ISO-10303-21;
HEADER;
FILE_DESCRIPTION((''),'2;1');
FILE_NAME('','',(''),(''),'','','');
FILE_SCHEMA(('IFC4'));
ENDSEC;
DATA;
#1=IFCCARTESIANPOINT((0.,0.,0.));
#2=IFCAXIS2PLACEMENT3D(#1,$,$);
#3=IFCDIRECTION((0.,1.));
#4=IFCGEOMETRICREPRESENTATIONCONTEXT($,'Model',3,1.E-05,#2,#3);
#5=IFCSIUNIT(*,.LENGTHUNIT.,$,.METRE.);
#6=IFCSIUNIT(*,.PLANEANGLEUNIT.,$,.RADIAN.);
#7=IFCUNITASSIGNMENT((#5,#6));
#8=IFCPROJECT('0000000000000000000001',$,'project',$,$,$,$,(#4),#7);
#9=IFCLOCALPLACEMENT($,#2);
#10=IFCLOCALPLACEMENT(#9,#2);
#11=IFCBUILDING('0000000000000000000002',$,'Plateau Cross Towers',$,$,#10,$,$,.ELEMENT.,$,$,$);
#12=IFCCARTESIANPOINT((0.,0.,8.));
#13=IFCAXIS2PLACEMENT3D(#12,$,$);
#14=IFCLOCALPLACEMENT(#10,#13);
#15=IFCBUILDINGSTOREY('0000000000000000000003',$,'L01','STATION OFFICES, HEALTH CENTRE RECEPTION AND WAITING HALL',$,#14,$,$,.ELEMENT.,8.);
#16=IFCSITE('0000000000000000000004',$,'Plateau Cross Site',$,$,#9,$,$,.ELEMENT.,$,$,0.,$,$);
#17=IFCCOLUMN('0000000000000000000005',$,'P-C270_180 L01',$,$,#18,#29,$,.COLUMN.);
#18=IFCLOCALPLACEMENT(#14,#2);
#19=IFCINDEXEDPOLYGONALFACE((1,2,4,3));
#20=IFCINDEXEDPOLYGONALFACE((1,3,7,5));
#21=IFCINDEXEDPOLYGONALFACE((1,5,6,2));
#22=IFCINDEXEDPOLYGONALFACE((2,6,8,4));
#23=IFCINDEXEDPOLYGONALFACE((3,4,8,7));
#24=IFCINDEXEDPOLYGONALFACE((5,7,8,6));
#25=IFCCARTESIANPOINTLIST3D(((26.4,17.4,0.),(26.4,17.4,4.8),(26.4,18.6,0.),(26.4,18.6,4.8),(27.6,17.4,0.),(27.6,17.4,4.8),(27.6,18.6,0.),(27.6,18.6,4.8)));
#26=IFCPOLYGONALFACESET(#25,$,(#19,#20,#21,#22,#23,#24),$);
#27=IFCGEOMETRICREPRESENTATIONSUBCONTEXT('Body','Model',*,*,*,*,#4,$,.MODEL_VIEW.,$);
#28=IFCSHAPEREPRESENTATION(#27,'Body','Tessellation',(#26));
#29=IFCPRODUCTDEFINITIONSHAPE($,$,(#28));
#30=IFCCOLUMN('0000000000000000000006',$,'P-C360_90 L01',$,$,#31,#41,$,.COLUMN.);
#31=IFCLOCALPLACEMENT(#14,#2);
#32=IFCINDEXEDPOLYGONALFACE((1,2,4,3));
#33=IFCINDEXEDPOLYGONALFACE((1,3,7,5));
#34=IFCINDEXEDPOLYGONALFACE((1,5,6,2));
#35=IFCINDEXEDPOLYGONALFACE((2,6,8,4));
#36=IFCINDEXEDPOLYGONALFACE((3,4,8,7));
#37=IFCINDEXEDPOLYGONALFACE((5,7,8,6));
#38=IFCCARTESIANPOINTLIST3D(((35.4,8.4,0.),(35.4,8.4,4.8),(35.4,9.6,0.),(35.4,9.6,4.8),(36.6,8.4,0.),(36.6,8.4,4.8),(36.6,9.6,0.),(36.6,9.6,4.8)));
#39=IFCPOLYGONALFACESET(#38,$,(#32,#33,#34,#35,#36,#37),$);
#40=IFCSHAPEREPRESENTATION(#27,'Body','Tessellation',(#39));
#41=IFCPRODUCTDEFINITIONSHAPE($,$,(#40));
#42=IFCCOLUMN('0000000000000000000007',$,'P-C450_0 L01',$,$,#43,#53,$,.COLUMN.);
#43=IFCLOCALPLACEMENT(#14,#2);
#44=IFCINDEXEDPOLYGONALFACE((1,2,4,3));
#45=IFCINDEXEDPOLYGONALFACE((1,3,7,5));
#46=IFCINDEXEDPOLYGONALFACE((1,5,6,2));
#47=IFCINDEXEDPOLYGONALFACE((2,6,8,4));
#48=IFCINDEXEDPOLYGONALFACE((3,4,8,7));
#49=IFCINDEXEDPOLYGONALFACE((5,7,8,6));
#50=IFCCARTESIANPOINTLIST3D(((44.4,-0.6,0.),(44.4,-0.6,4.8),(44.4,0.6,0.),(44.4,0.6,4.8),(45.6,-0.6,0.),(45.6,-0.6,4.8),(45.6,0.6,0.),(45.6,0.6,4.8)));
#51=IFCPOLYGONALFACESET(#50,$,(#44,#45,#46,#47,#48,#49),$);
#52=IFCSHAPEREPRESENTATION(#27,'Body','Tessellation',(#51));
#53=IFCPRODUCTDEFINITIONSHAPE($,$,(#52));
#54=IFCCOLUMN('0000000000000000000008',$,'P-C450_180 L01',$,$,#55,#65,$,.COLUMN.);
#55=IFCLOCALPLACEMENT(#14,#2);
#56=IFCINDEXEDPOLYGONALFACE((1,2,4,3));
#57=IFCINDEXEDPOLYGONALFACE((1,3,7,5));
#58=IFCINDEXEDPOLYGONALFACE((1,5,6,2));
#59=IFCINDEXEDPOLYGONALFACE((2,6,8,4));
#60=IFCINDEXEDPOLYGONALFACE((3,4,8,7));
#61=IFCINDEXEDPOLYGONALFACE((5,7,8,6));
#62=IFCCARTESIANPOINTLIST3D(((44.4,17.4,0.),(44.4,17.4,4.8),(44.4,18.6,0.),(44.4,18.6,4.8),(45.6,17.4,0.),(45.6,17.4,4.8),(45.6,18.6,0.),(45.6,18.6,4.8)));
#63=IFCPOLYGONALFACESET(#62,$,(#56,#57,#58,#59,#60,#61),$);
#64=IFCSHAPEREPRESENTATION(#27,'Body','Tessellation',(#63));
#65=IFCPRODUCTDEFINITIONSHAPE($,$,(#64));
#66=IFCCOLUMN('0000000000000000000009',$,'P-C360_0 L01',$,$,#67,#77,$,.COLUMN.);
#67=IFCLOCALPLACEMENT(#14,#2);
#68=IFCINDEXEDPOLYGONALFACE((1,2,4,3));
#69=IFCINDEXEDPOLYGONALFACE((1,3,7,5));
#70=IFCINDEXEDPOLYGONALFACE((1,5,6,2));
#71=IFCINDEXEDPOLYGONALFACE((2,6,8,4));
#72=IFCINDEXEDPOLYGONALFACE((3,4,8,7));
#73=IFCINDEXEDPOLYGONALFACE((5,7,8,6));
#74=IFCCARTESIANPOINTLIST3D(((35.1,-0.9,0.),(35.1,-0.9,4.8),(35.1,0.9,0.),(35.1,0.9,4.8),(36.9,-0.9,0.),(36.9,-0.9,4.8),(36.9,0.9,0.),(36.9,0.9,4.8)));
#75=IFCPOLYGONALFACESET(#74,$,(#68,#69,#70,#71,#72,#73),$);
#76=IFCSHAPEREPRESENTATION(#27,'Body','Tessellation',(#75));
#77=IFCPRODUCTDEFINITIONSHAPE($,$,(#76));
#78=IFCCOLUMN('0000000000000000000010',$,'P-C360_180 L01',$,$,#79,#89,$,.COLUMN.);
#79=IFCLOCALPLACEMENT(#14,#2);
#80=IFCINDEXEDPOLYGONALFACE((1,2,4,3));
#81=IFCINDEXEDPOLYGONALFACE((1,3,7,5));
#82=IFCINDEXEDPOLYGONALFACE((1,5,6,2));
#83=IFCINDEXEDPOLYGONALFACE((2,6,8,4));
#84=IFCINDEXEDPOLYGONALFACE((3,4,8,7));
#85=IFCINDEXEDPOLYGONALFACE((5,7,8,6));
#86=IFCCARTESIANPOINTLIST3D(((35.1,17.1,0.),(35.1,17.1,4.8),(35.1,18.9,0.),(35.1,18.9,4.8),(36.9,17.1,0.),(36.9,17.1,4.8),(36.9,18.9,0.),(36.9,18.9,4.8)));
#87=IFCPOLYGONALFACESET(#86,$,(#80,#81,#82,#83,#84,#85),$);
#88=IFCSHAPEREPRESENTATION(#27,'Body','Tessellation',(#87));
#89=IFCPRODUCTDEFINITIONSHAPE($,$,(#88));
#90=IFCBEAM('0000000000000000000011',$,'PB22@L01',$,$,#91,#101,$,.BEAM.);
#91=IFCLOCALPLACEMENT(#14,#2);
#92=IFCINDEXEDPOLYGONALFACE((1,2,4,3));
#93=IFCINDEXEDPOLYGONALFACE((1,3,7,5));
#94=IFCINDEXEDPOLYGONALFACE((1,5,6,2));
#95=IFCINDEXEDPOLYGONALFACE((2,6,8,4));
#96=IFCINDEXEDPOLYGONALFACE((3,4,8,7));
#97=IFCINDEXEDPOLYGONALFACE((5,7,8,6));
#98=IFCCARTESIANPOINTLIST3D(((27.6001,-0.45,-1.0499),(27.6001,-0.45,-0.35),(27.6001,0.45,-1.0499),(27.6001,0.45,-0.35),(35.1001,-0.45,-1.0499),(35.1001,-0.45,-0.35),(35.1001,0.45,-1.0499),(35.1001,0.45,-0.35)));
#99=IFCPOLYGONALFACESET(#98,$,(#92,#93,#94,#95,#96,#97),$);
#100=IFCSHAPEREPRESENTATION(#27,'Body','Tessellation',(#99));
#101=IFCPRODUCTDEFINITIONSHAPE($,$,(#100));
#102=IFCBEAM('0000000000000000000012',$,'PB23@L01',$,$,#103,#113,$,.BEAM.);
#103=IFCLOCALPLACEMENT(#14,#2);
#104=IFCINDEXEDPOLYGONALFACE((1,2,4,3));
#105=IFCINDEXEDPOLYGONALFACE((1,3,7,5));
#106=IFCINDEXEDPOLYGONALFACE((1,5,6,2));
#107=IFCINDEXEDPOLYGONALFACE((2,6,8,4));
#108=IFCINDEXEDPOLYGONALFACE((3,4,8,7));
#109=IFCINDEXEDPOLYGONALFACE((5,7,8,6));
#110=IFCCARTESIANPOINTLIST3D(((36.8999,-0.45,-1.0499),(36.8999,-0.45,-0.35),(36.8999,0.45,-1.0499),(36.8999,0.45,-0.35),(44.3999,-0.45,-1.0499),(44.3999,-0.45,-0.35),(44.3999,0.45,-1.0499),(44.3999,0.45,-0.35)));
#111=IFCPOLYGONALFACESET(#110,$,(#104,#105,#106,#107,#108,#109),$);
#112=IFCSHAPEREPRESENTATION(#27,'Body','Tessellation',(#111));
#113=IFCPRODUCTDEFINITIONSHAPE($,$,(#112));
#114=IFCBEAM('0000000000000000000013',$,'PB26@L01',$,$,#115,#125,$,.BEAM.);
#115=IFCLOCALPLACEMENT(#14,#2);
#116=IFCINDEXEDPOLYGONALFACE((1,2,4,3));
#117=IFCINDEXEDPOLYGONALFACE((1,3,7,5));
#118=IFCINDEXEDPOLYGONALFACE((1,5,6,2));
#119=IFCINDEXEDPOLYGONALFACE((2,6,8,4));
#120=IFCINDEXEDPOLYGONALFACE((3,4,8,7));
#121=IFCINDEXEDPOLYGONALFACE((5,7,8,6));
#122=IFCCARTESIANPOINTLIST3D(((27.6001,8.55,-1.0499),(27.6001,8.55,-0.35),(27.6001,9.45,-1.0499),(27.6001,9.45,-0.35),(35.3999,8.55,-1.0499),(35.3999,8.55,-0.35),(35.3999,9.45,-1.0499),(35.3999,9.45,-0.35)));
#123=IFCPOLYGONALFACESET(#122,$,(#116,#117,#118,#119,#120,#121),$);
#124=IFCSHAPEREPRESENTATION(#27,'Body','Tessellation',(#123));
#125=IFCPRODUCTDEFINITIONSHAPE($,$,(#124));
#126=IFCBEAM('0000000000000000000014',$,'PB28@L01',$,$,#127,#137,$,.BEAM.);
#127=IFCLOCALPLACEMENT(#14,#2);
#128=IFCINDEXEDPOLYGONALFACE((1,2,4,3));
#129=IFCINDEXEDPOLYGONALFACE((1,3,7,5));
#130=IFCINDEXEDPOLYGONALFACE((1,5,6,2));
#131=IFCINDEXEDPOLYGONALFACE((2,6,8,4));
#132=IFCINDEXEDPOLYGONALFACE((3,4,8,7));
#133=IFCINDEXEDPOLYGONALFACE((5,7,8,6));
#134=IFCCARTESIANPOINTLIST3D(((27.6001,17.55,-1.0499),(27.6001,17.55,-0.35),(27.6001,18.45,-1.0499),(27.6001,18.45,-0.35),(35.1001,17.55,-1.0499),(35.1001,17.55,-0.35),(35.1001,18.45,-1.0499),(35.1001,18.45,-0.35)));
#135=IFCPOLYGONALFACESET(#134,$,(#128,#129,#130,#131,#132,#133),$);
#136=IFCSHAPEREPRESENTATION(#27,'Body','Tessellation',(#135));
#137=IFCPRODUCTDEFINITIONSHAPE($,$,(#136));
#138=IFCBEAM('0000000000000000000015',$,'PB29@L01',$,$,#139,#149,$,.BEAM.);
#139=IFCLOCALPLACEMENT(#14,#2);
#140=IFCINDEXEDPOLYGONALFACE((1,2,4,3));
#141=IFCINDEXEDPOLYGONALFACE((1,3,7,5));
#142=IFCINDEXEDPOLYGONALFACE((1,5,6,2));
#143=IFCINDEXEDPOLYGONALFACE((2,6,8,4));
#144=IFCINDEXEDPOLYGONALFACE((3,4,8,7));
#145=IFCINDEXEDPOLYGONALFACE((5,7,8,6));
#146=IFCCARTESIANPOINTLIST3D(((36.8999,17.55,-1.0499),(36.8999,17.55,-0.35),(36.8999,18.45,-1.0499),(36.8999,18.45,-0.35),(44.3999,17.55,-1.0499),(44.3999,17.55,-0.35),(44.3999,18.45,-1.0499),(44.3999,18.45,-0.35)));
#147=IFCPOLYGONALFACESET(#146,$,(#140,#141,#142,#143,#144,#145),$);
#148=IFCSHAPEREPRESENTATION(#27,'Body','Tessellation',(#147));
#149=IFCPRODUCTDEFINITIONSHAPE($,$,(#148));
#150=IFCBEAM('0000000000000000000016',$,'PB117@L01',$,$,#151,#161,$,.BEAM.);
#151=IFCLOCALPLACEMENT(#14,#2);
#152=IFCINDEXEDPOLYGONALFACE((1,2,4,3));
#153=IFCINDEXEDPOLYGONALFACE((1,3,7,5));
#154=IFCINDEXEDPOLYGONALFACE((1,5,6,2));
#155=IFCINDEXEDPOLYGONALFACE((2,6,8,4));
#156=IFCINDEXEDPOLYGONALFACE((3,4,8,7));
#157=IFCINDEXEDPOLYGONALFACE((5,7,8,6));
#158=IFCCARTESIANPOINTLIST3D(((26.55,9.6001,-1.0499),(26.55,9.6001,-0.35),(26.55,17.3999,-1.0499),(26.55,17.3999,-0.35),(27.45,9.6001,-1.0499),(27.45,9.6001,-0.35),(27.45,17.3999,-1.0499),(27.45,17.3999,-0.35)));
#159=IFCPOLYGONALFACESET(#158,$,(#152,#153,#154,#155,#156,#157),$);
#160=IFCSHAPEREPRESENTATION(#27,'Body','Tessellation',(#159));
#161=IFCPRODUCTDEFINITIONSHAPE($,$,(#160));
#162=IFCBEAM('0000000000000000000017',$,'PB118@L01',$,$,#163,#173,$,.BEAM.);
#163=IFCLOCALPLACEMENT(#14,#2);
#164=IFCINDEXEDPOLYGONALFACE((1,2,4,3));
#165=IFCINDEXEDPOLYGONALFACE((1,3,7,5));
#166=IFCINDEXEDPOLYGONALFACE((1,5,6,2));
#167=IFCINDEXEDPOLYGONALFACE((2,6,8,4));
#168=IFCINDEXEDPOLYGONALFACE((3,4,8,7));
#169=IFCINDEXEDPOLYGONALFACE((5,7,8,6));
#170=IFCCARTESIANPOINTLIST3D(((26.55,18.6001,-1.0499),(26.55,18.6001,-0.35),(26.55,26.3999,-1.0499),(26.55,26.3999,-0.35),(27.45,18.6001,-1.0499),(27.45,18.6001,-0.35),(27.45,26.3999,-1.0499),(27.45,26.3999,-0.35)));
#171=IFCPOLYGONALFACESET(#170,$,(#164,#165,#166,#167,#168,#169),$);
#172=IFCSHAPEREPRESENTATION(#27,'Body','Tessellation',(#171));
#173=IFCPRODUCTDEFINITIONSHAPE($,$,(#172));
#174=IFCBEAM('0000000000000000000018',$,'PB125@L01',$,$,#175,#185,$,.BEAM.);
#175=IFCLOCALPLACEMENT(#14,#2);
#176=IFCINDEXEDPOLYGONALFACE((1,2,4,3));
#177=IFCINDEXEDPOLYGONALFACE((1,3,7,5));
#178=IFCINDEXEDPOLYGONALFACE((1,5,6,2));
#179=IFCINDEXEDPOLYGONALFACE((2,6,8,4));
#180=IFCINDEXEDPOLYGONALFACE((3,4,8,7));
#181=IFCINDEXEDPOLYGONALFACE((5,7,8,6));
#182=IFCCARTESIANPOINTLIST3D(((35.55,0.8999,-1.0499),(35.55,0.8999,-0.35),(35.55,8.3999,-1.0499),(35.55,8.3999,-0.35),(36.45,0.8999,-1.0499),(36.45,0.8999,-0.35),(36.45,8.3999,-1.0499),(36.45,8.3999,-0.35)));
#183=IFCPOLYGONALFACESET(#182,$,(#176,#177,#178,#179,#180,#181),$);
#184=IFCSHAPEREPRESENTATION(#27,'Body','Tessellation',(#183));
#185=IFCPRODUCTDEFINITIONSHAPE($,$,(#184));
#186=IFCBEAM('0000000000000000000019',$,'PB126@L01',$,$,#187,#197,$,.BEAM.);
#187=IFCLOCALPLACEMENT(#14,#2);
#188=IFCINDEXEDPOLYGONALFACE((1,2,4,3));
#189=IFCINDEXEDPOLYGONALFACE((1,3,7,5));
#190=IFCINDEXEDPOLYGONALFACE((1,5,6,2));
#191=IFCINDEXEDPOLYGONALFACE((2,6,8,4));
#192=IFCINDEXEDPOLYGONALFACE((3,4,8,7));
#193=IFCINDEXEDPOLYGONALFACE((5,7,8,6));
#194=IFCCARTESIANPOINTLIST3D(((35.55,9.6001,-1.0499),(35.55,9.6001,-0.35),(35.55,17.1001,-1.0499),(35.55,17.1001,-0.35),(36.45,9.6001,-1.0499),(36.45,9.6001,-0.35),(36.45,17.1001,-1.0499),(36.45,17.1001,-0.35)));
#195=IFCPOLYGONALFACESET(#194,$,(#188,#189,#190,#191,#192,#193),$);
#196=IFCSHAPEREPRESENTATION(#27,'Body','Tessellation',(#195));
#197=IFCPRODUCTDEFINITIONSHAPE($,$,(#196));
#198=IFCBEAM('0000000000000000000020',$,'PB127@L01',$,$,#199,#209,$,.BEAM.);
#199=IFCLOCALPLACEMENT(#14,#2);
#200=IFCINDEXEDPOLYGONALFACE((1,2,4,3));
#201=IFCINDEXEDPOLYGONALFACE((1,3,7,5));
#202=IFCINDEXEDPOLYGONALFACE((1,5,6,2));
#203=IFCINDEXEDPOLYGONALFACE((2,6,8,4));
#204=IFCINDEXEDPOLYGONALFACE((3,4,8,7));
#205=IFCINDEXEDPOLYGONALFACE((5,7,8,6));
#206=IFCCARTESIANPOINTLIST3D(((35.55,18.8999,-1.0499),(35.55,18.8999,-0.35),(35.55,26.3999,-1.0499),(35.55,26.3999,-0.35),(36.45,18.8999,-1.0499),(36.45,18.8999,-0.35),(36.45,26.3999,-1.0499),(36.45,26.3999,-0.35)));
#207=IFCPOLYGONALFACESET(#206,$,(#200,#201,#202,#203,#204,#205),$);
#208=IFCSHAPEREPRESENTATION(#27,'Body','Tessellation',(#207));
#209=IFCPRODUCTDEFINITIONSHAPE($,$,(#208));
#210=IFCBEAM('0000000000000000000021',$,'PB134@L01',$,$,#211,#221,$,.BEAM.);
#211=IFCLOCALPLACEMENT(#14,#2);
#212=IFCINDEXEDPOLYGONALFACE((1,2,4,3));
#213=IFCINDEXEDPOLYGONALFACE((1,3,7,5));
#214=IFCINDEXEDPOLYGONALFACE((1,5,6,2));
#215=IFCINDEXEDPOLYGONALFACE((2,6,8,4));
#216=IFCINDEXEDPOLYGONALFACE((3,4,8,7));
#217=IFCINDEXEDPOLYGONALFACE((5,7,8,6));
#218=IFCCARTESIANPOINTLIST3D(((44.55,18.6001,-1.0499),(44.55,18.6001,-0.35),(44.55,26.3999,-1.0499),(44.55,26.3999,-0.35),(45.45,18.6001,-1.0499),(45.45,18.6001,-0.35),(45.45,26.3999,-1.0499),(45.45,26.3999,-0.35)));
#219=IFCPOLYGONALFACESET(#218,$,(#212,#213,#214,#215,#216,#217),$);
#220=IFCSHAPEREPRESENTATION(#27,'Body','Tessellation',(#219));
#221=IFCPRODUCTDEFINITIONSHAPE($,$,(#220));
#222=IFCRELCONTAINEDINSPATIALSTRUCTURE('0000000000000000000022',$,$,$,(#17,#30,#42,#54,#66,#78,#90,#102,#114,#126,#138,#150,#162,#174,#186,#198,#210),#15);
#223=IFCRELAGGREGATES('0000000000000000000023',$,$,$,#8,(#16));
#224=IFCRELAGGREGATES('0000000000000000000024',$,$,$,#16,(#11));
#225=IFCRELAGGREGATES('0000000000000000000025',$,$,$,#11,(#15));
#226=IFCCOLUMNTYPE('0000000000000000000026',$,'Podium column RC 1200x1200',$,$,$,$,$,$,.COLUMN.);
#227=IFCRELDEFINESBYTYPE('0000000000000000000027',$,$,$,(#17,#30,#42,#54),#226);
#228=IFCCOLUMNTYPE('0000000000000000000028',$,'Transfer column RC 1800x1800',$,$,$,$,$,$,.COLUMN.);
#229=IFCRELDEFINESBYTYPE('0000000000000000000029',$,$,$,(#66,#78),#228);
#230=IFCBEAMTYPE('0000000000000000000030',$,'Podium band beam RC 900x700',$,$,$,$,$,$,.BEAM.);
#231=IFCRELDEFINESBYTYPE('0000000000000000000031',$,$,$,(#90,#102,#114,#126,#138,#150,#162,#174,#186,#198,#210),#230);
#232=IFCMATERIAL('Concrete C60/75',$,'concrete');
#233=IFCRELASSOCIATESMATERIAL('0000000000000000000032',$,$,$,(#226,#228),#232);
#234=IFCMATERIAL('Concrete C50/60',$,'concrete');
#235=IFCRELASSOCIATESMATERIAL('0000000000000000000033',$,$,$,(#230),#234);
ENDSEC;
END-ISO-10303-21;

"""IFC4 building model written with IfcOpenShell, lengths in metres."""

from ifc_helpers import new_model, si_unit, direction, frame, origin, origin_2d, place, context, subcontext, project, spatial, rectangle, extrude, material, material_profile, profile_set, type_object, element, save


model = new_model("IFC4")

# Units and contexts
model_context = context("Model", 3, precision=1e-05, world=origin(), true_north=direction((0.0, 1.0)))
body_context = subcontext(model_context, "Body", "Model", "MODEL_VIEW")
ifc_project = project(units=[si_unit("LENGTHUNIT", "METRE"), si_unit("PLANEANGLEUNIT", "RADIAN")], contexts=[model_context])

# Site, building, storey
site_placement = place(None, origin())
site = spatial("IfcSite", under=ifc_project, at=site_placement, Name="Plateau Cross Site", CompositionType="ELEMENT", RefElevation=0.0)
building_placement = place(site_placement, origin())
building = spatial("IfcBuilding", under=site, at=building_placement, Name="Plateau Cross Towers", CompositionType="ELEMENT")
storey_placement = place(building_placement, frame((0.0, 0.0, 8.0)))
storey = spatial("IfcBuildingStorey", under=building, at=storey_placement, Name="L01", Description="STATION OFFICES, HEALTH CENTRE RECEPTION AND WAITING HALL", CompositionType="ELEMENT", Elevation=8.0)

# Columns
ifc_material_1 = material(Name="Concrete C60/75", Category="concrete")
ifc_material_profile_1 = material_profile(ifc_material_1, rectangle(XDim=1.2, YDim=1.2, at=origin_2d()), Name="RC 1200x1200")
ifc_profile_set_1 = profile_set([ifc_material_profile_1], Name="Concrete C60/75")
column_type_1 = type_object("IfcColumnType", Name="Podium column RC 1200x1200", PredefinedType="COLUMN", material=ifc_profile_set_1)
for number, where, z_axis, x_axis, name in (
    (1, (27.0, 18.0, 0.0), (0.0, 0.0, 1.0), (1.0, 0.0, 0.0), "P-C270_180 L01"),
    (2, (36.0, 9.0, 0.0), (0.0, 0.0, 1.0), (1.0, 0.0, 0.0), "P-C360_90 L01"),
    (3, (45.0, 0.0, 0.0), (0.0, 0.0, 1.0), (1.0, 0.0, 0.0), "P-C450_0 L01"),
    (4, (45.0, 18.0, 0.0), (0.0, 0.0, 1.0), (1.0, 0.0, 0.0), "P-C450_180 L01"),
):
    element("IfcColumn", number, at=place(storey_placement, frame(where, z_axis=z_axis, x_axis=x_axis)), inside=storey, type_object=column_type_1, Name=name, PredefinedType="COLUMN", context=body_context, shape_type="SweptSolid", body=[
        extrude(rectangle(XDim=1.2, YDim=1.2, at=origin_2d()), origin(), (0.0, 0.0, 1.0), 4.8),
    ])
ifc_material_profile_2 = material_profile(ifc_material_1, rectangle(XDim=1.8, YDim=1.8, at=origin_2d()), Name="RC 1800x1800")
ifc_profile_set_2 = profile_set([ifc_material_profile_2], Name="Concrete C60/75")
column_type_2 = type_object("IfcColumnType", Name="Transfer column RC 1800x1800", PredefinedType="COLUMN", material=ifc_profile_set_2)
for number, where, z_axis, x_axis, name in (
    (5, (36.0, 0.0, 0.0), (0.0, 0.0, 1.0), (1.0, 0.0, 0.0), "P-C360_0 L01"),
    (6, (36.0, 18.0, 0.0), (0.0, 0.0, 1.0), (1.0, 0.0, 0.0), "P-C360_180 L01"),
):
    element("IfcColumn", number, at=place(storey_placement, frame(where, z_axis=z_axis, x_axis=x_axis)), inside=storey, type_object=column_type_2, Name=name, PredefinedType="COLUMN", context=body_context, shape_type="SweptSolid", body=[
        extrude(rectangle(XDim=1.8, YDim=1.8, at=origin_2d()), origin(), (0.0, 0.0, 1.0), 4.8),
    ])

# Beams
ifc_material_2 = material(Name="Concrete C50/60", Category="concrete")
ifc_material_profile_3 = material_profile(ifc_material_2, rectangle(XDim=0.8999, YDim=0.7, at=origin_2d()), Name="RC 900x700")
ifc_profile_set_3 = profile_set([ifc_material_profile_3], Name="Concrete C50/60")
beam_type = type_object("IfcBeamType", Name="Podium band beam RC 900x700", PredefinedType="BEAM", material=ifc_profile_set_3)
for number, where, z_axis, x_axis, name in (
    (7, (27.6001, 0.0, -0.7), (1.0, 0.0, 0.0), (0.0, 1.0, 0.0), "PB22@L01"),
    (8, (36.8999, 0.0, -0.7), (1.0, 0.0, 0.0), (0.0, 1.0, 0.0), "PB23@L01"),
):
    element("IfcBeam", number, at=place(storey_placement, frame(where, z_axis=z_axis, x_axis=x_axis)), inside=storey, type_object=beam_type, Name=name, PredefinedType="BEAM", context=body_context, shape_type="SweptSolid", body=[
        extrude(rectangle(XDim=0.8999, YDim=0.7, at=origin_2d()), origin(), (0.0, 0.0, 1.0), 7.5),
    ])
beam_1_placement = place(storey_placement, frame((27.6001, 9.0, -0.7), z_axis=(1.0, 0.0, 0.0), x_axis=(0.0, 1.0, 0.0)))
element("IfcBeam", 9, at=beam_1_placement, inside=storey, type_object=beam_type, Name="PB26@L01", PredefinedType="BEAM", context=body_context, shape_type="SweptSolid", body=[
    extrude(rectangle(XDim=0.8999, YDim=0.7, at=origin_2d()), origin(), (0.0, 0.0, 1.0), 7.7998),
])
for number, where, z_axis, x_axis, name in (
    (10, (27.6001, 18.0, -0.7), (1.0, 0.0, 0.0), (0.0, 1.0, 0.0), "PB28@L01"),
    (11, (36.8999, 18.0, -0.7), (1.0, 0.0, 0.0), (0.0, 1.0, 0.0), "PB29@L01"),
):
    element("IfcBeam", number, at=place(storey_placement, frame(where, z_axis=z_axis, x_axis=x_axis)), inside=storey, type_object=beam_type, Name=name, PredefinedType="BEAM", context=body_context, shape_type="SweptSolid", body=[
        extrude(rectangle(XDim=0.8999, YDim=0.7, at=origin_2d()), origin(), (0.0, 0.0, 1.0), 7.5),
    ])
for number, where, z_axis, x_axis, name in (
    (12, (27.0, 9.6001, -0.7), (0.0, 1.0, 0.0), (-1.0, 0.0, 0.0), "PB117@L01"),
    (13, (27.0, 18.6001, -0.7), (0.0, 1.0, 0.0), (-1.0, 0.0, 0.0), "PB118@L01"),
):
    element("IfcBeam", number, at=place(storey_placement, frame(where, z_axis=z_axis, x_axis=x_axis)), inside=storey, type_object=beam_type, Name=name, PredefinedType="BEAM", context=body_context, shape_type="SweptSolid", body=[
        extrude(rectangle(XDim=0.8999, YDim=0.7, at=origin_2d()), origin(), (0.0, 0.0, 1.0), 7.7998),
    ])
for number, where, z_axis, x_axis, name in (
    (14, (36.0, 0.8999, -0.7), (0.0, 1.0, 0.0), (-1.0, 0.0, 0.0), "PB125@L01"),
    (15, (36.0, 9.6001, -0.7), (0.0, 1.0, 0.0), (-1.0, 0.0, 0.0), "PB126@L01"),
    (16, (36.0, 18.8999, -0.7), (0.0, 1.0, 0.0), (-1.0, 0.0, 0.0), "PB127@L01"),
):
    element("IfcBeam", number, at=place(storey_placement, frame(where, z_axis=z_axis, x_axis=x_axis)), inside=storey, type_object=beam_type, Name=name, PredefinedType="BEAM", context=body_context, shape_type="SweptSolid", body=[
        extrude(rectangle(XDim=0.8999, YDim=0.7, at=origin_2d()), origin(), (0.0, 0.0, 1.0), 7.5),
    ])
beam_2_placement = place(storey_placement, frame((45.0, 18.6001, -0.7), z_axis=(0.0, 1.0, 0.0), x_axis=(-1.0, 0.0, 0.0)))
element("IfcBeam", 17, at=beam_2_placement, inside=storey, type_object=beam_type, Name="PB134@L01", PredefinedType="BEAM", context=body_context, shape_type="SweptSolid", body=[
    extrude(rectangle(XDim=0.8999, YDim=0.7, at=origin_2d()), origin(), (0.0, 0.0, 1.0), 7.7998),
])

save(model, "model.ifc")
